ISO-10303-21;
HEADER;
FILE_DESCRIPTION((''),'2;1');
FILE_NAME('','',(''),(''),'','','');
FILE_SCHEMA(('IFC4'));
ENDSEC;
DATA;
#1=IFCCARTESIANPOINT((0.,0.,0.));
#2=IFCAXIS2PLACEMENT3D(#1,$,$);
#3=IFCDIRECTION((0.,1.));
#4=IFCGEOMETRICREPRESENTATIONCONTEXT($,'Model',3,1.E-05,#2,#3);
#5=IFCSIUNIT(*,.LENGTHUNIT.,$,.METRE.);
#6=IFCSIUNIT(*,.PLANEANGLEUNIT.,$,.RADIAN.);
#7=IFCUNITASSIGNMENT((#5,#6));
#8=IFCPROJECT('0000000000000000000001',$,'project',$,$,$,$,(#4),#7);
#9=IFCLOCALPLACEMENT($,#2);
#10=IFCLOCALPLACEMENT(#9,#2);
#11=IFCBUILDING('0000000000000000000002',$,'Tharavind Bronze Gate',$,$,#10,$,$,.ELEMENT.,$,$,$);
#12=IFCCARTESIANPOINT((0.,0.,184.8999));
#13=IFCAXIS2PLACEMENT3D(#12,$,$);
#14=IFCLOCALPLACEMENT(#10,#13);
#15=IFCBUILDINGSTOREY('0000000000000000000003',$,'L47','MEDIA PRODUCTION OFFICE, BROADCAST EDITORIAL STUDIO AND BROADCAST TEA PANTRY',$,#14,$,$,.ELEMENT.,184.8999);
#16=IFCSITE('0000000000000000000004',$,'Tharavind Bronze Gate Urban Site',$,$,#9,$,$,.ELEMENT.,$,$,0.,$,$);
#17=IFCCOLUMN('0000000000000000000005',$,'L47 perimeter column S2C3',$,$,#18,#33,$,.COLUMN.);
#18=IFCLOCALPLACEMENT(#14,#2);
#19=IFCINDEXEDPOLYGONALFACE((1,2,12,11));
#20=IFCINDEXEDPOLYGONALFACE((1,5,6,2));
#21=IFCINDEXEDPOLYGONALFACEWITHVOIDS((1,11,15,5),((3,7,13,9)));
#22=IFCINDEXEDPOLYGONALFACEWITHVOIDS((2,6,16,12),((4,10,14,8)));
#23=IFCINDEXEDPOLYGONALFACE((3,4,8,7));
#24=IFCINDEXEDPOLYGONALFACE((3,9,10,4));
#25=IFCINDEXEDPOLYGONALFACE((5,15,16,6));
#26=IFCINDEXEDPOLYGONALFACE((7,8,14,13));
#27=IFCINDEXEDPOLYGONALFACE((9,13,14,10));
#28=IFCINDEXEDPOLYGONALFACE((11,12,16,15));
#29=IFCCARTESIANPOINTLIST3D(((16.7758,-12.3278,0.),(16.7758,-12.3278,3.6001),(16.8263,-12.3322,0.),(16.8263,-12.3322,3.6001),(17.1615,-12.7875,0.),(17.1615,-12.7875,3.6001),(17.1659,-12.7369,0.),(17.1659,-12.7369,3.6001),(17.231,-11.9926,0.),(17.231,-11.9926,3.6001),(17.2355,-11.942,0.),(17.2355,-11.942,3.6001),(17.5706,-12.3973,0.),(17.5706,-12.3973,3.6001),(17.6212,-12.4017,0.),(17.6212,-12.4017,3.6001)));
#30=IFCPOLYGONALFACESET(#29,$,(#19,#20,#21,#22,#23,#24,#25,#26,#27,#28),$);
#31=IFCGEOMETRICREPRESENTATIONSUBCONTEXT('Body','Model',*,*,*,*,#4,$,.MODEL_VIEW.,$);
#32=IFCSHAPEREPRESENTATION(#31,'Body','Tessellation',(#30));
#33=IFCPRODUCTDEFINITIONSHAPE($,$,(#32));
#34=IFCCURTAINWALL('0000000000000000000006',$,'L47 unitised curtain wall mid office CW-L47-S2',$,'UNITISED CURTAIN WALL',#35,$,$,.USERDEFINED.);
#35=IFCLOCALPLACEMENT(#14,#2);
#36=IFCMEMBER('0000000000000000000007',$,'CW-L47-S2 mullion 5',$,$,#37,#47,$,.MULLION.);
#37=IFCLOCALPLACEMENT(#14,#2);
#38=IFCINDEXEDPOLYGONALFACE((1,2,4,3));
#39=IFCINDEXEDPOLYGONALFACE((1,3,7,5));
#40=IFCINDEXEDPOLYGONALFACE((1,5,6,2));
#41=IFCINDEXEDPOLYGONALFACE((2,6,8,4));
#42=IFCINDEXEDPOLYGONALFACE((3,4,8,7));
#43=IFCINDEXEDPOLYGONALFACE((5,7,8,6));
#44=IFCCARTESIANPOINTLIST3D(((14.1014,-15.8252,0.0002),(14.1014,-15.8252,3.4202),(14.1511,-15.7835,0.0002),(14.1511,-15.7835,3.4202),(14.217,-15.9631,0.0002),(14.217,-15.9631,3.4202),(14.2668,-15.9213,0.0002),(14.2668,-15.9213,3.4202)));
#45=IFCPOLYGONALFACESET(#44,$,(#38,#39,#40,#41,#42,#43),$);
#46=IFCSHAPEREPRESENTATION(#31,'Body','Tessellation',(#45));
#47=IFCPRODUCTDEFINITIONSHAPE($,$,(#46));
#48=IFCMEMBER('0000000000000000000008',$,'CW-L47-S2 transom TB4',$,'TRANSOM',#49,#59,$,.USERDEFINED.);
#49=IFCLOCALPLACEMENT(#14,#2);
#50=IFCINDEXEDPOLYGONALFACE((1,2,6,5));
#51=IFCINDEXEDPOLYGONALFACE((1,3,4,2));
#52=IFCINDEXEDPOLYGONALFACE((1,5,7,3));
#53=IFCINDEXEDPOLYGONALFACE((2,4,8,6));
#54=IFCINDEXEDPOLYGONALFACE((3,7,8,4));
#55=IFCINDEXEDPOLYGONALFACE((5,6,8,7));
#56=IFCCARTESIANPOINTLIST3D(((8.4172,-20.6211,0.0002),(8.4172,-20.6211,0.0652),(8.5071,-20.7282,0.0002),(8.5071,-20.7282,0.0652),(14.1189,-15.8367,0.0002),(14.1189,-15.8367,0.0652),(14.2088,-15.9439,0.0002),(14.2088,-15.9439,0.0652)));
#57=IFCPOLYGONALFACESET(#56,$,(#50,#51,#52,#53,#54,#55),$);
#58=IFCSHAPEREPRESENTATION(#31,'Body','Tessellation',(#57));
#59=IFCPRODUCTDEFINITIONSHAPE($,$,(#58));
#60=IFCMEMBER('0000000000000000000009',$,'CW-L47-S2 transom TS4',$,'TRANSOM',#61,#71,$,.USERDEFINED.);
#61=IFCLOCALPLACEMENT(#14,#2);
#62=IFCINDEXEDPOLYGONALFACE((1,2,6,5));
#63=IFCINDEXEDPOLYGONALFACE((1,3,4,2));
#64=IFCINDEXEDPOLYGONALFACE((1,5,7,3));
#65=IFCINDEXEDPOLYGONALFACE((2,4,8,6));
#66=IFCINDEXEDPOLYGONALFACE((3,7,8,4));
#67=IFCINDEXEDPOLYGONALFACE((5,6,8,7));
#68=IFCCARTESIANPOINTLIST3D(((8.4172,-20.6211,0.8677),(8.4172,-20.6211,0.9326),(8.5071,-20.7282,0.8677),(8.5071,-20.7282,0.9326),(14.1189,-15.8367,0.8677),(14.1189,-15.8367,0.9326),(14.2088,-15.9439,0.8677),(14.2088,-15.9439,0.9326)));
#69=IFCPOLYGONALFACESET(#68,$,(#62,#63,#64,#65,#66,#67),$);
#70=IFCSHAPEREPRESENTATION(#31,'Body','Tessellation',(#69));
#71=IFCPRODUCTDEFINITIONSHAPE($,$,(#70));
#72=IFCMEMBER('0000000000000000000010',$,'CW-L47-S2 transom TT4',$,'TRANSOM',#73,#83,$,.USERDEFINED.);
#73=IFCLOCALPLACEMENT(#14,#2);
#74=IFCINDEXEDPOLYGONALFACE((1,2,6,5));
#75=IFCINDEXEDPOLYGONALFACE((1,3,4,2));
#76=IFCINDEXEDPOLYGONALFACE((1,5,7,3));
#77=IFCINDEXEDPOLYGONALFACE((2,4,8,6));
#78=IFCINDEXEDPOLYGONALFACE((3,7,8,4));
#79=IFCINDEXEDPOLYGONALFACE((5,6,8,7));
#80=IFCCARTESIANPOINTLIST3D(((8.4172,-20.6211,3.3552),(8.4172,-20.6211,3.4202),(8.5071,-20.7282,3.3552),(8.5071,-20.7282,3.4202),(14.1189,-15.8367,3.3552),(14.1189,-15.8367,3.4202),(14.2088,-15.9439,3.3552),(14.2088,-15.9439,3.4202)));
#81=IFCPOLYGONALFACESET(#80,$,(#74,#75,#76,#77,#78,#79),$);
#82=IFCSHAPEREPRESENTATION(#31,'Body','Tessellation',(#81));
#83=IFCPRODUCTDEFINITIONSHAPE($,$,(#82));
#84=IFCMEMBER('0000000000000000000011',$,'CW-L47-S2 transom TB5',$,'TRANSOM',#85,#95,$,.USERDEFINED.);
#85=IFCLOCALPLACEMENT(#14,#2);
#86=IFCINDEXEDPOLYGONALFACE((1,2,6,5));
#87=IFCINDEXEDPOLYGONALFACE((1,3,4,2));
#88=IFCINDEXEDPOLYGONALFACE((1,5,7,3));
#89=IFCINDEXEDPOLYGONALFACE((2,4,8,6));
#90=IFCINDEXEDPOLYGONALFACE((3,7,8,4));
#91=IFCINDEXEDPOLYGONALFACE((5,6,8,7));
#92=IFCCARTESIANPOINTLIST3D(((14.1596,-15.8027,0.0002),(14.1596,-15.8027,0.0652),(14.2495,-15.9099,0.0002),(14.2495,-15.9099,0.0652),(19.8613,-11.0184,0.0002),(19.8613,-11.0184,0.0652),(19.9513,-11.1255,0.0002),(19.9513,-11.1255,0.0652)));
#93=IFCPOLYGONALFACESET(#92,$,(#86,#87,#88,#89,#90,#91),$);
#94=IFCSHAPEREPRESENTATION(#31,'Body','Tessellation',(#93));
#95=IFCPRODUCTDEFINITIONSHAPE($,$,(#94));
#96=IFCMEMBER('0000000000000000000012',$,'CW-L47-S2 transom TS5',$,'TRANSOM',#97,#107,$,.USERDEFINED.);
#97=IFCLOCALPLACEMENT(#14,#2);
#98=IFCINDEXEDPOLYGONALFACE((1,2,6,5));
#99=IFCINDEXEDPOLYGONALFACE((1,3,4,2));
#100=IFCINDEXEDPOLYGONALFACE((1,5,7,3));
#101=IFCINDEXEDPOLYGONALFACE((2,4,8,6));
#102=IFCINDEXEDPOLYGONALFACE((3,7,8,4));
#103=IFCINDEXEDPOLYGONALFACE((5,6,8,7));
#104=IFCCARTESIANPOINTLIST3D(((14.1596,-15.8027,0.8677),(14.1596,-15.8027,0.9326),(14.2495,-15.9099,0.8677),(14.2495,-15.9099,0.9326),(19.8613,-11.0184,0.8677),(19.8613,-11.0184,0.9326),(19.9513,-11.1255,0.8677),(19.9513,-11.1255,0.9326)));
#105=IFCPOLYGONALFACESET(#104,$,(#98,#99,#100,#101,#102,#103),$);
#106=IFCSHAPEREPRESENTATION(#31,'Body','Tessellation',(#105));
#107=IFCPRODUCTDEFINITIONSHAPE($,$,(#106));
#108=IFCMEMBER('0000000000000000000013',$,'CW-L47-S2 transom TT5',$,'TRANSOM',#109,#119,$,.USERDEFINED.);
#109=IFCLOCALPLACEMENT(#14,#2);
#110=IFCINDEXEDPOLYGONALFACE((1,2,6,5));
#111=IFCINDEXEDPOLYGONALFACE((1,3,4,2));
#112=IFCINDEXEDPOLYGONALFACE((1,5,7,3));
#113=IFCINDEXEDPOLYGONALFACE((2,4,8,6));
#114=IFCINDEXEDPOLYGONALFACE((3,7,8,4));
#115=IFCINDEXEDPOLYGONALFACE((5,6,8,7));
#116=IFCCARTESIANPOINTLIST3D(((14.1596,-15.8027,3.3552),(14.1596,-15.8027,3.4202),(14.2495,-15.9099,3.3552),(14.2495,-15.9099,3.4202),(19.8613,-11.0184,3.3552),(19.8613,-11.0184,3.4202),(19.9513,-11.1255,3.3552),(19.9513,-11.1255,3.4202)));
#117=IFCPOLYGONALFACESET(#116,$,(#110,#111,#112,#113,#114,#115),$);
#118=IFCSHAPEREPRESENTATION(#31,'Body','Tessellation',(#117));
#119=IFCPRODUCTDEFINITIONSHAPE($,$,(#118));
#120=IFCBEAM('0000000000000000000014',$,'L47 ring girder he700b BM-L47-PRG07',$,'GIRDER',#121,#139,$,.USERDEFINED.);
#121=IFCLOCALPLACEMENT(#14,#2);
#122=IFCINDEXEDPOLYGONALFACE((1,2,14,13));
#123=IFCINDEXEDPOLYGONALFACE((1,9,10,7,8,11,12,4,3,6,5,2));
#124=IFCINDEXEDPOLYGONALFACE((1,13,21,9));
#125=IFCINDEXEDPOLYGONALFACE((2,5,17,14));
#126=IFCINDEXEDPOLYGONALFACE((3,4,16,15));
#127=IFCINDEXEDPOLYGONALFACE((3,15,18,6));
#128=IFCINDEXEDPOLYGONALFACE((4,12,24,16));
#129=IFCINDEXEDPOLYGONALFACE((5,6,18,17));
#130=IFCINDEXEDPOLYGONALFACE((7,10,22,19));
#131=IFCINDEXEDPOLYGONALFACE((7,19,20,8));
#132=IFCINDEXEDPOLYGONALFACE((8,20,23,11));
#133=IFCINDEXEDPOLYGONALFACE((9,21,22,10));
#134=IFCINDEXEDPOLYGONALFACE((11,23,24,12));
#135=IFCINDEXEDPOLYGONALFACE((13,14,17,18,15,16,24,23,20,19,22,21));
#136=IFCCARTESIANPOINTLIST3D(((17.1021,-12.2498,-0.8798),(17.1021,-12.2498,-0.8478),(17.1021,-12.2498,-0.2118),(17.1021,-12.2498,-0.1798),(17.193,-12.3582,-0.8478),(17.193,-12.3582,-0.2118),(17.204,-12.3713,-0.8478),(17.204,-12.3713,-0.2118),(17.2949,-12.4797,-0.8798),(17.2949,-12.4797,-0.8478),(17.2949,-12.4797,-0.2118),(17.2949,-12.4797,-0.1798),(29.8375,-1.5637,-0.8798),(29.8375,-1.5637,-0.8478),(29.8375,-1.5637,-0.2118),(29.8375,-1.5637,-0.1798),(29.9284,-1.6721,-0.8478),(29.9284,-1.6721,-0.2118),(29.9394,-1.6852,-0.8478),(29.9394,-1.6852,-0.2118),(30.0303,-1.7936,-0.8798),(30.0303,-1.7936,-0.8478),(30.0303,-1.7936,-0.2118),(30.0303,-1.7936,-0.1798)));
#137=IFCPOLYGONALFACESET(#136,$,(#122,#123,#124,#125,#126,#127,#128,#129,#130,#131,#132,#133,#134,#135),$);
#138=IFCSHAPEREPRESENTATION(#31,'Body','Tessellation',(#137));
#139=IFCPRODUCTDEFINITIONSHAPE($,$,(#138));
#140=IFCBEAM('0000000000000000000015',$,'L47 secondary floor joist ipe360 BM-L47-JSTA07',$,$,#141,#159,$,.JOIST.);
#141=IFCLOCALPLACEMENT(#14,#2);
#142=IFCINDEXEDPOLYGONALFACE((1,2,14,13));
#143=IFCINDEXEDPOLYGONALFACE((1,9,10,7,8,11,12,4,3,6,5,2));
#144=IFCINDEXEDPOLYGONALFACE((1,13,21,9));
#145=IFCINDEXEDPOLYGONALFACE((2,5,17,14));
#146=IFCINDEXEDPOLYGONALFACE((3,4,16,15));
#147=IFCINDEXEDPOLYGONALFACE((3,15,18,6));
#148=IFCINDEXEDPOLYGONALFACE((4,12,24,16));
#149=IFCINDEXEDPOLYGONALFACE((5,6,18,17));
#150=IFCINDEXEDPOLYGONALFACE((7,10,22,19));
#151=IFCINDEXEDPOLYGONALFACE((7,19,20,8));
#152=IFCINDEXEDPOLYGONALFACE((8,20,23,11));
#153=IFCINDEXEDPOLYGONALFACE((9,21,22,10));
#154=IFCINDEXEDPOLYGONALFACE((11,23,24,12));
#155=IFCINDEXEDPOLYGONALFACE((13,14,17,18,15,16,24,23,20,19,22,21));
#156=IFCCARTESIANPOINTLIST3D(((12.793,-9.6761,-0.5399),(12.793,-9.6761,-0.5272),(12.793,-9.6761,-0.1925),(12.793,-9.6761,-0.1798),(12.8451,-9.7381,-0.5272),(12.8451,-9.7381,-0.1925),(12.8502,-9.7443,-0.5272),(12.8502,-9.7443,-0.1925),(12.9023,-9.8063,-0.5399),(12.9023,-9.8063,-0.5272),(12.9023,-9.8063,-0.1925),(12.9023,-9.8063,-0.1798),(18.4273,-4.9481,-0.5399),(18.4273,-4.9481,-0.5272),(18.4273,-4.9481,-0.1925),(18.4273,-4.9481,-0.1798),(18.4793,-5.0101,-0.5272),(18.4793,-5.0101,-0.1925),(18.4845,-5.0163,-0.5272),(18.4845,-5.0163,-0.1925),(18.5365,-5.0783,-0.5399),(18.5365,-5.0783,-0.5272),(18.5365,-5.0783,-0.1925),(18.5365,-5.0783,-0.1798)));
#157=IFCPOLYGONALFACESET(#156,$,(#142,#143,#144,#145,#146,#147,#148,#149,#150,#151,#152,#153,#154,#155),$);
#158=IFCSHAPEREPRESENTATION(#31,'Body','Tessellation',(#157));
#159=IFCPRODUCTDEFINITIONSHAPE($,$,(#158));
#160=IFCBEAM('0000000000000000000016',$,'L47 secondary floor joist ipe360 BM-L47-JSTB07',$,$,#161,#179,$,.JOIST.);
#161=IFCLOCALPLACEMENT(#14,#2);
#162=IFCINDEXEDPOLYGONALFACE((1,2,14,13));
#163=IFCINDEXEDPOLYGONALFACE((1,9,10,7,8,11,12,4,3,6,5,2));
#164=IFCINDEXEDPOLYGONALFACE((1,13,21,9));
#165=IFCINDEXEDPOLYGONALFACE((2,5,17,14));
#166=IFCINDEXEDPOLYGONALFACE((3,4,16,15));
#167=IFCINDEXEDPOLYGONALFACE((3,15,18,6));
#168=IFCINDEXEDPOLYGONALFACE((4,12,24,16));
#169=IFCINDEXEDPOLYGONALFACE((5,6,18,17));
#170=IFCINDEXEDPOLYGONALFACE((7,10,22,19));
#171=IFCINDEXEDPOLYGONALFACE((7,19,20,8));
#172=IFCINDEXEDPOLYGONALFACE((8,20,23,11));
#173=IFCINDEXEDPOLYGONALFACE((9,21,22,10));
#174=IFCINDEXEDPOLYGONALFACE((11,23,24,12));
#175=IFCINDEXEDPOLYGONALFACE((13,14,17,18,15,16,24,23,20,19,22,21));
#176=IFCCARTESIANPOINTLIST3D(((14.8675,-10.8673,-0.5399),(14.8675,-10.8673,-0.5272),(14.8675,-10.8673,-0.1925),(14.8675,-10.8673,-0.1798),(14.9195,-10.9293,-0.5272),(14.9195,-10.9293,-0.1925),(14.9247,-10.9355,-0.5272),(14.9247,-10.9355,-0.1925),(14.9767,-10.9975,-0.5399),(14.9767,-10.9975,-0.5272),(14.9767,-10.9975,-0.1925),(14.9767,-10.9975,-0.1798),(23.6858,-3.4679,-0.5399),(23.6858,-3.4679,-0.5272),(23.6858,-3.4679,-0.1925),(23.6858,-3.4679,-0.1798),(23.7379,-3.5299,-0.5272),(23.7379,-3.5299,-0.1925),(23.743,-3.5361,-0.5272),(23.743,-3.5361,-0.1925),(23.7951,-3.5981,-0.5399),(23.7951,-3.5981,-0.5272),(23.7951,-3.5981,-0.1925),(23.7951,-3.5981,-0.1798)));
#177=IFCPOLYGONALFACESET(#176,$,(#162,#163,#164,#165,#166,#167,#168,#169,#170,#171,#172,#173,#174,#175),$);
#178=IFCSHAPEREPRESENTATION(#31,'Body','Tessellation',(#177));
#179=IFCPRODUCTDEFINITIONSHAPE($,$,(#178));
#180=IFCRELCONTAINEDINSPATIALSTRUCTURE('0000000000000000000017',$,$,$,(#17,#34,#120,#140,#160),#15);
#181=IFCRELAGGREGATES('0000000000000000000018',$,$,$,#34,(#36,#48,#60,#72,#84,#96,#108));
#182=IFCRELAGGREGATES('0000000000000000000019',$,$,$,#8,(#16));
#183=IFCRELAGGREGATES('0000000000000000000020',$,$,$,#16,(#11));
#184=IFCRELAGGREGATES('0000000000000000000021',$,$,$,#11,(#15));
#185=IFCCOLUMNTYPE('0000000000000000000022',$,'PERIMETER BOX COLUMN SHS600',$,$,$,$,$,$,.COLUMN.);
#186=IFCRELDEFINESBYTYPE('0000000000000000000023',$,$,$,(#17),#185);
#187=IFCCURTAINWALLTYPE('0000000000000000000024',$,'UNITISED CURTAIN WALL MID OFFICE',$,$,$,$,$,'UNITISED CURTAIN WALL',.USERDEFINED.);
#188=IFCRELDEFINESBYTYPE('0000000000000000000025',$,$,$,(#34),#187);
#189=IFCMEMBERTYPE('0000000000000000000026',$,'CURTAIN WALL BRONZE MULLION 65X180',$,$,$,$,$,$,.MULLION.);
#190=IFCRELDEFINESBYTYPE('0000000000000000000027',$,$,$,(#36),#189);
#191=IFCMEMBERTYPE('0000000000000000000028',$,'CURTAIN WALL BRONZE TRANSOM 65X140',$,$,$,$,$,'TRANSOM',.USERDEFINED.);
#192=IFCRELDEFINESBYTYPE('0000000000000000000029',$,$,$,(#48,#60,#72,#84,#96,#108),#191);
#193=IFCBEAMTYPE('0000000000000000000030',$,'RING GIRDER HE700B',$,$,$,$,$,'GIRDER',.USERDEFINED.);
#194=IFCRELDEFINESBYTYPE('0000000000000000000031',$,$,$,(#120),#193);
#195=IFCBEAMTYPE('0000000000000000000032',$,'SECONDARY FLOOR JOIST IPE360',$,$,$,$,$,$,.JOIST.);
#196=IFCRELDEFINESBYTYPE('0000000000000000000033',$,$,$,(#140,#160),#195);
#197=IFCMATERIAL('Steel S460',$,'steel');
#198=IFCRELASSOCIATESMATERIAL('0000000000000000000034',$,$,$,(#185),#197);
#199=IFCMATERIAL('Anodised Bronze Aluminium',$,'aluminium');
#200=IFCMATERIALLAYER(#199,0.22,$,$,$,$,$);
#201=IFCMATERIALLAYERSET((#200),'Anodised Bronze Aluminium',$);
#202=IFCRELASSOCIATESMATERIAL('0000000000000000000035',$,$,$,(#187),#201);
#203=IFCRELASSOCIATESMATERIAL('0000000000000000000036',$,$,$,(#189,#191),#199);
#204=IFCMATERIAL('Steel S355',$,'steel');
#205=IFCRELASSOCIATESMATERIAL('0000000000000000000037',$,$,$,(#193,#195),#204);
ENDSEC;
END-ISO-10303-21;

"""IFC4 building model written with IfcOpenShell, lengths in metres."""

from ifc_helpers import new_model, si_unit, direction, frame, origin, origin_2d, place, context, subcontext, project, spatial, rectangle, hollow_rectangle, i_section, extrude, material, layer, layer_set, material_profile, profile_set, type_object, element, aggregate, save


model = new_model("IFC4")

# Units and contexts
model_context = context("Model", 3, precision=1e-05, world=origin(), true_north=direction((0.0, 1.0)))
body_context = subcontext(model_context, "Body", "Model", "MODEL_VIEW")
ifc_project = project(units=[si_unit("LENGTHUNIT", "METRE"), si_unit("PLANEANGLEUNIT", "RADIAN")], contexts=[model_context])

# Site, building, storey
site_placement = place(None, origin())
site = spatial("IfcSite", under=ifc_project, at=site_placement, Name="Tharavind Bronze Gate Urban Site", CompositionType="ELEMENT", RefElevation=0.0)
building_placement = place(site_placement, origin())
building = spatial("IfcBuilding", under=site, at=building_placement, Name="Tharavind Bronze Gate", CompositionType="ELEMENT")
storey_placement = place(building_placement, frame((0.0, 0.0, 184.8999)))
storey = spatial("IfcBuildingStorey", under=building, at=storey_placement, Name="L47", Description="MEDIA PRODUCTION OFFICE, BROADCAST EDITORIAL STUDIO AND BROADCAST TEA PANTRY", CompositionType="ELEMENT", Elevation=184.8999)

# Column
ifc_material_1 = material(Name="Steel S460", Category="steel")
ifc_material_profile_1 = material_profile(ifc_material_1, hollow_rectangle(XDim=0.6001, YDim=0.6001, WallThickness=0.0359, at=origin_2d()), Name="SHS600X36")
ifc_profile_set_1 = profile_set([ifc_material_profile_1], Name="Steel S460")
column_type = type_object("IfcColumnType", Name="PERIMETER BOX COLUMN SHS600", PredefinedType="COLUMN", material=ifc_profile_set_1)
column_placement = place(storey_placement, frame((17.1985, -12.3647, 0.0), z_axis=(0.0, 0.0, 1.0), x_axis=(0.766043, 0.642789, 0.0)))
element("IfcColumn", 1, at=column_placement, inside=storey, type_object=column_type, Name="L47 perimeter column S2C3", PredefinedType="COLUMN", context=body_context, shape_type="SweptSolid", body=[
    extrude(hollow_rectangle(XDim=0.6001, YDim=0.6001, WallThickness=0.0359, at=origin_2d()), origin(), (0.0, 0.0, 1.0), 3.6001),
])

# Curtain wall, members
ifc_material_2 = material(Name="Anodised Bronze Aluminium", Category="aluminium")
ifc_layer_1 = layer(ifc_material_2, 0.22)
ifc_layer_set_1 = layer_set([ifc_layer_1], Name="Anodised Bronze Aluminium")
curtain_wall_type = type_object("IfcCurtainWallType", Name="UNITISED CURTAIN WALL MID OFFICE", ElementType="UNITISED CURTAIN WALL", PredefinedType="USERDEFINED", material=ifc_layer_set_1)
curtain_wall_placement = place(storey_placement, origin())
curtain_wall = element("IfcCurtainWall", 2, at=curtain_wall_placement, inside=storey, type_object=curtain_wall_type, Name="L47 unitised curtain wall mid office CW-L47-S2", ObjectType="UNITISED CURTAIN WALL", PredefinedType="USERDEFINED")
member_type_1 = type_object("IfcMemberType", Name="CURTAIN WALL BRONZE MULLION 65X180", PredefinedType="MULLION", material=ifc_material_2)
member_1_placement = place(storey_placement, frame((14.1841, -15.8733, 0.0002), z_axis=(0.0, 0.0, 1.0), x_axis=(0.766043, 0.642789, 0.0)))
member_1 = element("IfcMember", 3, at=member_1_placement, type_object=member_type_1, Name="CW-L47-S2 mullion 5", PredefinedType="MULLION", context=body_context, shape_type="SweptSolid", body=[
    extrude(rectangle(XDim=0.0649, YDim=0.1799, at=origin_2d()), origin(), (0.0, 0.0, 1.0), 3.4199),
])
member_type_2 = type_object("IfcMemberType", Name="CURTAIN WALL BRONZE TRANSOM 65X140", ElementType="TRANSOM", PredefinedType="USERDEFINED", material=ifc_material_2)
member_2_placement = place(storey_placement, frame((11.313, -18.2825, 0.0002), z_axis=(0.0, 0.0, 1.0), x_axis=(0.766043, 0.642789, 0.0)))
member_2 = element("IfcMember", 4, at=member_2_placement, type_object=member_type_2, Name="CW-L47-S2 transom TB4", ObjectType="TRANSOM", PredefinedType="USERDEFINED", context=body_context, shape_type="SweptSolid", body=[
    extrude(rectangle(XDim=7.4431, YDim=0.1399, at=origin_2d()), origin(), (0.0, 0.0, 1.0), 0.0649),
])
member_3_placement = place(storey_placement, frame((11.313, -18.2825, 0.8677), z_axis=(0.0, 0.0, 1.0), x_axis=(0.766043, 0.642789, 0.0)))
member_3 = element("IfcMember", 5, at=member_3_placement, type_object=member_type_2, Name="CW-L47-S2 transom TS4", ObjectType="TRANSOM", PredefinedType="USERDEFINED", context=body_context, shape_type="SweptSolid", body=[
    extrude(rectangle(XDim=7.4431, YDim=0.1399, at=origin_2d()), origin(), (0.0, 0.0, 1.0), 0.0649),
])
member_4_placement = place(storey_placement, frame((11.313, -18.2825, 3.3552), z_axis=(0.0, 0.0, 1.0), x_axis=(0.766043, 0.642789, 0.0)))
member_4 = element("IfcMember", 6, at=member_4_placement, type_object=member_type_2, Name="CW-L47-S2 transom TT4", ObjectType="TRANSOM", PredefinedType="USERDEFINED", context=body_context, shape_type="SweptSolid", body=[
    extrude(rectangle(XDim=7.4431, YDim=0.1399, at=origin_2d()), origin(), (0.0, 0.0, 1.0), 0.0649),
])
member_5_placement = place(storey_placement, frame((17.0554, -13.4641, 0.0002), z_axis=(0.0, 0.0, 1.0), x_axis=(0.766043, 0.642789, 0.0)))
member_5 = element("IfcMember", 7, at=member_5_placement, type_object=member_type_2, Name="CW-L47-S2 transom TB5", ObjectType="TRANSOM", PredefinedType="USERDEFINED", context=body_context, shape_type="SweptSolid", body=[
    extrude(rectangle(XDim=7.4431, YDim=0.1399, at=origin_2d()), origin(), (0.0, 0.0, 1.0), 0.0649),
])
member_6_placement = place(storey_placement, frame((17.0554, -13.4641, 0.8677), z_axis=(0.0, 0.0, 1.0), x_axis=(0.766043, 0.642789, 0.0)))
member_6 = element("IfcMember", 8, at=member_6_placement, type_object=member_type_2, Name="CW-L47-S2 transom TS5", ObjectType="TRANSOM", PredefinedType="USERDEFINED", context=body_context, shape_type="SweptSolid", body=[
    extrude(rectangle(XDim=7.4431, YDim=0.1399, at=origin_2d()), origin(), (0.0, 0.0, 1.0), 0.0649),
])
member_7_placement = place(storey_placement, frame((17.0554, -13.4641, 3.3552), z_axis=(0.0, 0.0, 1.0), x_axis=(0.766043, 0.642789, 0.0)))
member_7 = element("IfcMember", 9, at=member_7_placement, type_object=member_type_2, Name="CW-L47-S2 transom TT5", ObjectType="TRANSOM", PredefinedType="USERDEFINED", context=body_context, shape_type="SweptSolid", body=[
    extrude(rectangle(XDim=7.4431, YDim=0.1399, at=origin_2d()), origin(), (0.0, 0.0, 1.0), 0.0649),
])

# Beams
ifc_material_3 = material(Name="Steel S355", Category="steel")
ifc_material_profile_2 = material_profile(ifc_material_3, i_section(OverallWidth=0.3, OverallDepth=0.7, WebThickness=0.0171, FlangeThickness=0.032, at=origin_2d()), Name="HE700B")
ifc_profile_set_2 = profile_set([ifc_material_profile_2], Name="Steel S355")
beam_type_1 = type_object("IfcBeamType", Name="RING GIRDER HE700B", ElementType="GIRDER", PredefinedType="USERDEFINED", material=ifc_profile_set_2)
beam_1_placement = place(storey_placement, frame((17.1985, -12.3647, -0.5298), z_axis=(0.76605, 0.642781, 0.0), x_axis=(-0.642781, 0.76605, 0.0)))
element("IfcBeam", 10, at=beam_1_placement, inside=storey, type_object=beam_type_1, Name="L47 ring girder he700b BM-L47-PRG07", ObjectType="GIRDER", PredefinedType="USERDEFINED", context=body_context, shape_type="SweptSolid", body=[
    extrude(i_section(OverallWidth=0.3, OverallDepth=0.7, WebThickness=0.0171, FlangeThickness=0.032, at=origin_2d()), origin(), (0.0, 0.0, 1.0), 16.6248),
])
ifc_material_profile_3 = material_profile(ifc_material_3, i_section(OverallWidth=0.1699, OverallDepth=0.3601, WebThickness=0.0081, FlangeThickness=0.0127, at=origin_2d()), Name="IPE360")
ifc_profile_set_3 = profile_set([ifc_material_profile_3], Name="Steel S355")
beam_type_2 = type_object("IfcBeamType", Name="SECONDARY FLOOR JOIST IPE360", PredefinedType="JOIST", material=ifc_profile_set_3)
beam_2_placement = place(storey_placement, frame((12.8477, -9.7412, -0.3599), z_axis=(0.766024, 0.642812, 0.0), x_axis=(-0.642812, 0.766024, 0.0)))
element("IfcBeam", 11, at=beam_2_placement, inside=storey, type_object=beam_type_2, Name="L47 secondary floor joist ipe360 BM-L47-JSTA07", PredefinedType="JOIST", context=body_context, shape_type="SweptSolid", body=[
    extrude(i_section(OverallWidth=0.1699, OverallDepth=0.3601, WebThickness=0.0081, FlangeThickness=0.0127, at=origin_2d()), origin(), (0.0, 0.0, 1.0), 7.3552),
])
beam_3_placement = place(storey_placement, frame((14.9221, -10.9324, -0.3599), z_axis=(0.766047, 0.642784, 0.0), x_axis=(-0.642784, 0.766047, 0.0)))
element("IfcBeam", 12, at=beam_3_placement, inside=storey, type_object=beam_type_2, Name="L47 secondary floor joist ipe360 BM-L47-JSTB07", PredefinedType="JOIST", context=body_context, shape_type="SweptSolid", body=[
    extrude(i_section(OverallWidth=0.1699, OverallDepth=0.3601, WebThickness=0.0081, FlangeThickness=0.0127, at=origin_2d()), origin(), (0.0, 0.0, 1.0), 11.5115),
])

aggregate(curtain_wall, [member_1, member_2, member_3, member_4, member_5, member_6, member_7])

save(model, "model.ifc")
